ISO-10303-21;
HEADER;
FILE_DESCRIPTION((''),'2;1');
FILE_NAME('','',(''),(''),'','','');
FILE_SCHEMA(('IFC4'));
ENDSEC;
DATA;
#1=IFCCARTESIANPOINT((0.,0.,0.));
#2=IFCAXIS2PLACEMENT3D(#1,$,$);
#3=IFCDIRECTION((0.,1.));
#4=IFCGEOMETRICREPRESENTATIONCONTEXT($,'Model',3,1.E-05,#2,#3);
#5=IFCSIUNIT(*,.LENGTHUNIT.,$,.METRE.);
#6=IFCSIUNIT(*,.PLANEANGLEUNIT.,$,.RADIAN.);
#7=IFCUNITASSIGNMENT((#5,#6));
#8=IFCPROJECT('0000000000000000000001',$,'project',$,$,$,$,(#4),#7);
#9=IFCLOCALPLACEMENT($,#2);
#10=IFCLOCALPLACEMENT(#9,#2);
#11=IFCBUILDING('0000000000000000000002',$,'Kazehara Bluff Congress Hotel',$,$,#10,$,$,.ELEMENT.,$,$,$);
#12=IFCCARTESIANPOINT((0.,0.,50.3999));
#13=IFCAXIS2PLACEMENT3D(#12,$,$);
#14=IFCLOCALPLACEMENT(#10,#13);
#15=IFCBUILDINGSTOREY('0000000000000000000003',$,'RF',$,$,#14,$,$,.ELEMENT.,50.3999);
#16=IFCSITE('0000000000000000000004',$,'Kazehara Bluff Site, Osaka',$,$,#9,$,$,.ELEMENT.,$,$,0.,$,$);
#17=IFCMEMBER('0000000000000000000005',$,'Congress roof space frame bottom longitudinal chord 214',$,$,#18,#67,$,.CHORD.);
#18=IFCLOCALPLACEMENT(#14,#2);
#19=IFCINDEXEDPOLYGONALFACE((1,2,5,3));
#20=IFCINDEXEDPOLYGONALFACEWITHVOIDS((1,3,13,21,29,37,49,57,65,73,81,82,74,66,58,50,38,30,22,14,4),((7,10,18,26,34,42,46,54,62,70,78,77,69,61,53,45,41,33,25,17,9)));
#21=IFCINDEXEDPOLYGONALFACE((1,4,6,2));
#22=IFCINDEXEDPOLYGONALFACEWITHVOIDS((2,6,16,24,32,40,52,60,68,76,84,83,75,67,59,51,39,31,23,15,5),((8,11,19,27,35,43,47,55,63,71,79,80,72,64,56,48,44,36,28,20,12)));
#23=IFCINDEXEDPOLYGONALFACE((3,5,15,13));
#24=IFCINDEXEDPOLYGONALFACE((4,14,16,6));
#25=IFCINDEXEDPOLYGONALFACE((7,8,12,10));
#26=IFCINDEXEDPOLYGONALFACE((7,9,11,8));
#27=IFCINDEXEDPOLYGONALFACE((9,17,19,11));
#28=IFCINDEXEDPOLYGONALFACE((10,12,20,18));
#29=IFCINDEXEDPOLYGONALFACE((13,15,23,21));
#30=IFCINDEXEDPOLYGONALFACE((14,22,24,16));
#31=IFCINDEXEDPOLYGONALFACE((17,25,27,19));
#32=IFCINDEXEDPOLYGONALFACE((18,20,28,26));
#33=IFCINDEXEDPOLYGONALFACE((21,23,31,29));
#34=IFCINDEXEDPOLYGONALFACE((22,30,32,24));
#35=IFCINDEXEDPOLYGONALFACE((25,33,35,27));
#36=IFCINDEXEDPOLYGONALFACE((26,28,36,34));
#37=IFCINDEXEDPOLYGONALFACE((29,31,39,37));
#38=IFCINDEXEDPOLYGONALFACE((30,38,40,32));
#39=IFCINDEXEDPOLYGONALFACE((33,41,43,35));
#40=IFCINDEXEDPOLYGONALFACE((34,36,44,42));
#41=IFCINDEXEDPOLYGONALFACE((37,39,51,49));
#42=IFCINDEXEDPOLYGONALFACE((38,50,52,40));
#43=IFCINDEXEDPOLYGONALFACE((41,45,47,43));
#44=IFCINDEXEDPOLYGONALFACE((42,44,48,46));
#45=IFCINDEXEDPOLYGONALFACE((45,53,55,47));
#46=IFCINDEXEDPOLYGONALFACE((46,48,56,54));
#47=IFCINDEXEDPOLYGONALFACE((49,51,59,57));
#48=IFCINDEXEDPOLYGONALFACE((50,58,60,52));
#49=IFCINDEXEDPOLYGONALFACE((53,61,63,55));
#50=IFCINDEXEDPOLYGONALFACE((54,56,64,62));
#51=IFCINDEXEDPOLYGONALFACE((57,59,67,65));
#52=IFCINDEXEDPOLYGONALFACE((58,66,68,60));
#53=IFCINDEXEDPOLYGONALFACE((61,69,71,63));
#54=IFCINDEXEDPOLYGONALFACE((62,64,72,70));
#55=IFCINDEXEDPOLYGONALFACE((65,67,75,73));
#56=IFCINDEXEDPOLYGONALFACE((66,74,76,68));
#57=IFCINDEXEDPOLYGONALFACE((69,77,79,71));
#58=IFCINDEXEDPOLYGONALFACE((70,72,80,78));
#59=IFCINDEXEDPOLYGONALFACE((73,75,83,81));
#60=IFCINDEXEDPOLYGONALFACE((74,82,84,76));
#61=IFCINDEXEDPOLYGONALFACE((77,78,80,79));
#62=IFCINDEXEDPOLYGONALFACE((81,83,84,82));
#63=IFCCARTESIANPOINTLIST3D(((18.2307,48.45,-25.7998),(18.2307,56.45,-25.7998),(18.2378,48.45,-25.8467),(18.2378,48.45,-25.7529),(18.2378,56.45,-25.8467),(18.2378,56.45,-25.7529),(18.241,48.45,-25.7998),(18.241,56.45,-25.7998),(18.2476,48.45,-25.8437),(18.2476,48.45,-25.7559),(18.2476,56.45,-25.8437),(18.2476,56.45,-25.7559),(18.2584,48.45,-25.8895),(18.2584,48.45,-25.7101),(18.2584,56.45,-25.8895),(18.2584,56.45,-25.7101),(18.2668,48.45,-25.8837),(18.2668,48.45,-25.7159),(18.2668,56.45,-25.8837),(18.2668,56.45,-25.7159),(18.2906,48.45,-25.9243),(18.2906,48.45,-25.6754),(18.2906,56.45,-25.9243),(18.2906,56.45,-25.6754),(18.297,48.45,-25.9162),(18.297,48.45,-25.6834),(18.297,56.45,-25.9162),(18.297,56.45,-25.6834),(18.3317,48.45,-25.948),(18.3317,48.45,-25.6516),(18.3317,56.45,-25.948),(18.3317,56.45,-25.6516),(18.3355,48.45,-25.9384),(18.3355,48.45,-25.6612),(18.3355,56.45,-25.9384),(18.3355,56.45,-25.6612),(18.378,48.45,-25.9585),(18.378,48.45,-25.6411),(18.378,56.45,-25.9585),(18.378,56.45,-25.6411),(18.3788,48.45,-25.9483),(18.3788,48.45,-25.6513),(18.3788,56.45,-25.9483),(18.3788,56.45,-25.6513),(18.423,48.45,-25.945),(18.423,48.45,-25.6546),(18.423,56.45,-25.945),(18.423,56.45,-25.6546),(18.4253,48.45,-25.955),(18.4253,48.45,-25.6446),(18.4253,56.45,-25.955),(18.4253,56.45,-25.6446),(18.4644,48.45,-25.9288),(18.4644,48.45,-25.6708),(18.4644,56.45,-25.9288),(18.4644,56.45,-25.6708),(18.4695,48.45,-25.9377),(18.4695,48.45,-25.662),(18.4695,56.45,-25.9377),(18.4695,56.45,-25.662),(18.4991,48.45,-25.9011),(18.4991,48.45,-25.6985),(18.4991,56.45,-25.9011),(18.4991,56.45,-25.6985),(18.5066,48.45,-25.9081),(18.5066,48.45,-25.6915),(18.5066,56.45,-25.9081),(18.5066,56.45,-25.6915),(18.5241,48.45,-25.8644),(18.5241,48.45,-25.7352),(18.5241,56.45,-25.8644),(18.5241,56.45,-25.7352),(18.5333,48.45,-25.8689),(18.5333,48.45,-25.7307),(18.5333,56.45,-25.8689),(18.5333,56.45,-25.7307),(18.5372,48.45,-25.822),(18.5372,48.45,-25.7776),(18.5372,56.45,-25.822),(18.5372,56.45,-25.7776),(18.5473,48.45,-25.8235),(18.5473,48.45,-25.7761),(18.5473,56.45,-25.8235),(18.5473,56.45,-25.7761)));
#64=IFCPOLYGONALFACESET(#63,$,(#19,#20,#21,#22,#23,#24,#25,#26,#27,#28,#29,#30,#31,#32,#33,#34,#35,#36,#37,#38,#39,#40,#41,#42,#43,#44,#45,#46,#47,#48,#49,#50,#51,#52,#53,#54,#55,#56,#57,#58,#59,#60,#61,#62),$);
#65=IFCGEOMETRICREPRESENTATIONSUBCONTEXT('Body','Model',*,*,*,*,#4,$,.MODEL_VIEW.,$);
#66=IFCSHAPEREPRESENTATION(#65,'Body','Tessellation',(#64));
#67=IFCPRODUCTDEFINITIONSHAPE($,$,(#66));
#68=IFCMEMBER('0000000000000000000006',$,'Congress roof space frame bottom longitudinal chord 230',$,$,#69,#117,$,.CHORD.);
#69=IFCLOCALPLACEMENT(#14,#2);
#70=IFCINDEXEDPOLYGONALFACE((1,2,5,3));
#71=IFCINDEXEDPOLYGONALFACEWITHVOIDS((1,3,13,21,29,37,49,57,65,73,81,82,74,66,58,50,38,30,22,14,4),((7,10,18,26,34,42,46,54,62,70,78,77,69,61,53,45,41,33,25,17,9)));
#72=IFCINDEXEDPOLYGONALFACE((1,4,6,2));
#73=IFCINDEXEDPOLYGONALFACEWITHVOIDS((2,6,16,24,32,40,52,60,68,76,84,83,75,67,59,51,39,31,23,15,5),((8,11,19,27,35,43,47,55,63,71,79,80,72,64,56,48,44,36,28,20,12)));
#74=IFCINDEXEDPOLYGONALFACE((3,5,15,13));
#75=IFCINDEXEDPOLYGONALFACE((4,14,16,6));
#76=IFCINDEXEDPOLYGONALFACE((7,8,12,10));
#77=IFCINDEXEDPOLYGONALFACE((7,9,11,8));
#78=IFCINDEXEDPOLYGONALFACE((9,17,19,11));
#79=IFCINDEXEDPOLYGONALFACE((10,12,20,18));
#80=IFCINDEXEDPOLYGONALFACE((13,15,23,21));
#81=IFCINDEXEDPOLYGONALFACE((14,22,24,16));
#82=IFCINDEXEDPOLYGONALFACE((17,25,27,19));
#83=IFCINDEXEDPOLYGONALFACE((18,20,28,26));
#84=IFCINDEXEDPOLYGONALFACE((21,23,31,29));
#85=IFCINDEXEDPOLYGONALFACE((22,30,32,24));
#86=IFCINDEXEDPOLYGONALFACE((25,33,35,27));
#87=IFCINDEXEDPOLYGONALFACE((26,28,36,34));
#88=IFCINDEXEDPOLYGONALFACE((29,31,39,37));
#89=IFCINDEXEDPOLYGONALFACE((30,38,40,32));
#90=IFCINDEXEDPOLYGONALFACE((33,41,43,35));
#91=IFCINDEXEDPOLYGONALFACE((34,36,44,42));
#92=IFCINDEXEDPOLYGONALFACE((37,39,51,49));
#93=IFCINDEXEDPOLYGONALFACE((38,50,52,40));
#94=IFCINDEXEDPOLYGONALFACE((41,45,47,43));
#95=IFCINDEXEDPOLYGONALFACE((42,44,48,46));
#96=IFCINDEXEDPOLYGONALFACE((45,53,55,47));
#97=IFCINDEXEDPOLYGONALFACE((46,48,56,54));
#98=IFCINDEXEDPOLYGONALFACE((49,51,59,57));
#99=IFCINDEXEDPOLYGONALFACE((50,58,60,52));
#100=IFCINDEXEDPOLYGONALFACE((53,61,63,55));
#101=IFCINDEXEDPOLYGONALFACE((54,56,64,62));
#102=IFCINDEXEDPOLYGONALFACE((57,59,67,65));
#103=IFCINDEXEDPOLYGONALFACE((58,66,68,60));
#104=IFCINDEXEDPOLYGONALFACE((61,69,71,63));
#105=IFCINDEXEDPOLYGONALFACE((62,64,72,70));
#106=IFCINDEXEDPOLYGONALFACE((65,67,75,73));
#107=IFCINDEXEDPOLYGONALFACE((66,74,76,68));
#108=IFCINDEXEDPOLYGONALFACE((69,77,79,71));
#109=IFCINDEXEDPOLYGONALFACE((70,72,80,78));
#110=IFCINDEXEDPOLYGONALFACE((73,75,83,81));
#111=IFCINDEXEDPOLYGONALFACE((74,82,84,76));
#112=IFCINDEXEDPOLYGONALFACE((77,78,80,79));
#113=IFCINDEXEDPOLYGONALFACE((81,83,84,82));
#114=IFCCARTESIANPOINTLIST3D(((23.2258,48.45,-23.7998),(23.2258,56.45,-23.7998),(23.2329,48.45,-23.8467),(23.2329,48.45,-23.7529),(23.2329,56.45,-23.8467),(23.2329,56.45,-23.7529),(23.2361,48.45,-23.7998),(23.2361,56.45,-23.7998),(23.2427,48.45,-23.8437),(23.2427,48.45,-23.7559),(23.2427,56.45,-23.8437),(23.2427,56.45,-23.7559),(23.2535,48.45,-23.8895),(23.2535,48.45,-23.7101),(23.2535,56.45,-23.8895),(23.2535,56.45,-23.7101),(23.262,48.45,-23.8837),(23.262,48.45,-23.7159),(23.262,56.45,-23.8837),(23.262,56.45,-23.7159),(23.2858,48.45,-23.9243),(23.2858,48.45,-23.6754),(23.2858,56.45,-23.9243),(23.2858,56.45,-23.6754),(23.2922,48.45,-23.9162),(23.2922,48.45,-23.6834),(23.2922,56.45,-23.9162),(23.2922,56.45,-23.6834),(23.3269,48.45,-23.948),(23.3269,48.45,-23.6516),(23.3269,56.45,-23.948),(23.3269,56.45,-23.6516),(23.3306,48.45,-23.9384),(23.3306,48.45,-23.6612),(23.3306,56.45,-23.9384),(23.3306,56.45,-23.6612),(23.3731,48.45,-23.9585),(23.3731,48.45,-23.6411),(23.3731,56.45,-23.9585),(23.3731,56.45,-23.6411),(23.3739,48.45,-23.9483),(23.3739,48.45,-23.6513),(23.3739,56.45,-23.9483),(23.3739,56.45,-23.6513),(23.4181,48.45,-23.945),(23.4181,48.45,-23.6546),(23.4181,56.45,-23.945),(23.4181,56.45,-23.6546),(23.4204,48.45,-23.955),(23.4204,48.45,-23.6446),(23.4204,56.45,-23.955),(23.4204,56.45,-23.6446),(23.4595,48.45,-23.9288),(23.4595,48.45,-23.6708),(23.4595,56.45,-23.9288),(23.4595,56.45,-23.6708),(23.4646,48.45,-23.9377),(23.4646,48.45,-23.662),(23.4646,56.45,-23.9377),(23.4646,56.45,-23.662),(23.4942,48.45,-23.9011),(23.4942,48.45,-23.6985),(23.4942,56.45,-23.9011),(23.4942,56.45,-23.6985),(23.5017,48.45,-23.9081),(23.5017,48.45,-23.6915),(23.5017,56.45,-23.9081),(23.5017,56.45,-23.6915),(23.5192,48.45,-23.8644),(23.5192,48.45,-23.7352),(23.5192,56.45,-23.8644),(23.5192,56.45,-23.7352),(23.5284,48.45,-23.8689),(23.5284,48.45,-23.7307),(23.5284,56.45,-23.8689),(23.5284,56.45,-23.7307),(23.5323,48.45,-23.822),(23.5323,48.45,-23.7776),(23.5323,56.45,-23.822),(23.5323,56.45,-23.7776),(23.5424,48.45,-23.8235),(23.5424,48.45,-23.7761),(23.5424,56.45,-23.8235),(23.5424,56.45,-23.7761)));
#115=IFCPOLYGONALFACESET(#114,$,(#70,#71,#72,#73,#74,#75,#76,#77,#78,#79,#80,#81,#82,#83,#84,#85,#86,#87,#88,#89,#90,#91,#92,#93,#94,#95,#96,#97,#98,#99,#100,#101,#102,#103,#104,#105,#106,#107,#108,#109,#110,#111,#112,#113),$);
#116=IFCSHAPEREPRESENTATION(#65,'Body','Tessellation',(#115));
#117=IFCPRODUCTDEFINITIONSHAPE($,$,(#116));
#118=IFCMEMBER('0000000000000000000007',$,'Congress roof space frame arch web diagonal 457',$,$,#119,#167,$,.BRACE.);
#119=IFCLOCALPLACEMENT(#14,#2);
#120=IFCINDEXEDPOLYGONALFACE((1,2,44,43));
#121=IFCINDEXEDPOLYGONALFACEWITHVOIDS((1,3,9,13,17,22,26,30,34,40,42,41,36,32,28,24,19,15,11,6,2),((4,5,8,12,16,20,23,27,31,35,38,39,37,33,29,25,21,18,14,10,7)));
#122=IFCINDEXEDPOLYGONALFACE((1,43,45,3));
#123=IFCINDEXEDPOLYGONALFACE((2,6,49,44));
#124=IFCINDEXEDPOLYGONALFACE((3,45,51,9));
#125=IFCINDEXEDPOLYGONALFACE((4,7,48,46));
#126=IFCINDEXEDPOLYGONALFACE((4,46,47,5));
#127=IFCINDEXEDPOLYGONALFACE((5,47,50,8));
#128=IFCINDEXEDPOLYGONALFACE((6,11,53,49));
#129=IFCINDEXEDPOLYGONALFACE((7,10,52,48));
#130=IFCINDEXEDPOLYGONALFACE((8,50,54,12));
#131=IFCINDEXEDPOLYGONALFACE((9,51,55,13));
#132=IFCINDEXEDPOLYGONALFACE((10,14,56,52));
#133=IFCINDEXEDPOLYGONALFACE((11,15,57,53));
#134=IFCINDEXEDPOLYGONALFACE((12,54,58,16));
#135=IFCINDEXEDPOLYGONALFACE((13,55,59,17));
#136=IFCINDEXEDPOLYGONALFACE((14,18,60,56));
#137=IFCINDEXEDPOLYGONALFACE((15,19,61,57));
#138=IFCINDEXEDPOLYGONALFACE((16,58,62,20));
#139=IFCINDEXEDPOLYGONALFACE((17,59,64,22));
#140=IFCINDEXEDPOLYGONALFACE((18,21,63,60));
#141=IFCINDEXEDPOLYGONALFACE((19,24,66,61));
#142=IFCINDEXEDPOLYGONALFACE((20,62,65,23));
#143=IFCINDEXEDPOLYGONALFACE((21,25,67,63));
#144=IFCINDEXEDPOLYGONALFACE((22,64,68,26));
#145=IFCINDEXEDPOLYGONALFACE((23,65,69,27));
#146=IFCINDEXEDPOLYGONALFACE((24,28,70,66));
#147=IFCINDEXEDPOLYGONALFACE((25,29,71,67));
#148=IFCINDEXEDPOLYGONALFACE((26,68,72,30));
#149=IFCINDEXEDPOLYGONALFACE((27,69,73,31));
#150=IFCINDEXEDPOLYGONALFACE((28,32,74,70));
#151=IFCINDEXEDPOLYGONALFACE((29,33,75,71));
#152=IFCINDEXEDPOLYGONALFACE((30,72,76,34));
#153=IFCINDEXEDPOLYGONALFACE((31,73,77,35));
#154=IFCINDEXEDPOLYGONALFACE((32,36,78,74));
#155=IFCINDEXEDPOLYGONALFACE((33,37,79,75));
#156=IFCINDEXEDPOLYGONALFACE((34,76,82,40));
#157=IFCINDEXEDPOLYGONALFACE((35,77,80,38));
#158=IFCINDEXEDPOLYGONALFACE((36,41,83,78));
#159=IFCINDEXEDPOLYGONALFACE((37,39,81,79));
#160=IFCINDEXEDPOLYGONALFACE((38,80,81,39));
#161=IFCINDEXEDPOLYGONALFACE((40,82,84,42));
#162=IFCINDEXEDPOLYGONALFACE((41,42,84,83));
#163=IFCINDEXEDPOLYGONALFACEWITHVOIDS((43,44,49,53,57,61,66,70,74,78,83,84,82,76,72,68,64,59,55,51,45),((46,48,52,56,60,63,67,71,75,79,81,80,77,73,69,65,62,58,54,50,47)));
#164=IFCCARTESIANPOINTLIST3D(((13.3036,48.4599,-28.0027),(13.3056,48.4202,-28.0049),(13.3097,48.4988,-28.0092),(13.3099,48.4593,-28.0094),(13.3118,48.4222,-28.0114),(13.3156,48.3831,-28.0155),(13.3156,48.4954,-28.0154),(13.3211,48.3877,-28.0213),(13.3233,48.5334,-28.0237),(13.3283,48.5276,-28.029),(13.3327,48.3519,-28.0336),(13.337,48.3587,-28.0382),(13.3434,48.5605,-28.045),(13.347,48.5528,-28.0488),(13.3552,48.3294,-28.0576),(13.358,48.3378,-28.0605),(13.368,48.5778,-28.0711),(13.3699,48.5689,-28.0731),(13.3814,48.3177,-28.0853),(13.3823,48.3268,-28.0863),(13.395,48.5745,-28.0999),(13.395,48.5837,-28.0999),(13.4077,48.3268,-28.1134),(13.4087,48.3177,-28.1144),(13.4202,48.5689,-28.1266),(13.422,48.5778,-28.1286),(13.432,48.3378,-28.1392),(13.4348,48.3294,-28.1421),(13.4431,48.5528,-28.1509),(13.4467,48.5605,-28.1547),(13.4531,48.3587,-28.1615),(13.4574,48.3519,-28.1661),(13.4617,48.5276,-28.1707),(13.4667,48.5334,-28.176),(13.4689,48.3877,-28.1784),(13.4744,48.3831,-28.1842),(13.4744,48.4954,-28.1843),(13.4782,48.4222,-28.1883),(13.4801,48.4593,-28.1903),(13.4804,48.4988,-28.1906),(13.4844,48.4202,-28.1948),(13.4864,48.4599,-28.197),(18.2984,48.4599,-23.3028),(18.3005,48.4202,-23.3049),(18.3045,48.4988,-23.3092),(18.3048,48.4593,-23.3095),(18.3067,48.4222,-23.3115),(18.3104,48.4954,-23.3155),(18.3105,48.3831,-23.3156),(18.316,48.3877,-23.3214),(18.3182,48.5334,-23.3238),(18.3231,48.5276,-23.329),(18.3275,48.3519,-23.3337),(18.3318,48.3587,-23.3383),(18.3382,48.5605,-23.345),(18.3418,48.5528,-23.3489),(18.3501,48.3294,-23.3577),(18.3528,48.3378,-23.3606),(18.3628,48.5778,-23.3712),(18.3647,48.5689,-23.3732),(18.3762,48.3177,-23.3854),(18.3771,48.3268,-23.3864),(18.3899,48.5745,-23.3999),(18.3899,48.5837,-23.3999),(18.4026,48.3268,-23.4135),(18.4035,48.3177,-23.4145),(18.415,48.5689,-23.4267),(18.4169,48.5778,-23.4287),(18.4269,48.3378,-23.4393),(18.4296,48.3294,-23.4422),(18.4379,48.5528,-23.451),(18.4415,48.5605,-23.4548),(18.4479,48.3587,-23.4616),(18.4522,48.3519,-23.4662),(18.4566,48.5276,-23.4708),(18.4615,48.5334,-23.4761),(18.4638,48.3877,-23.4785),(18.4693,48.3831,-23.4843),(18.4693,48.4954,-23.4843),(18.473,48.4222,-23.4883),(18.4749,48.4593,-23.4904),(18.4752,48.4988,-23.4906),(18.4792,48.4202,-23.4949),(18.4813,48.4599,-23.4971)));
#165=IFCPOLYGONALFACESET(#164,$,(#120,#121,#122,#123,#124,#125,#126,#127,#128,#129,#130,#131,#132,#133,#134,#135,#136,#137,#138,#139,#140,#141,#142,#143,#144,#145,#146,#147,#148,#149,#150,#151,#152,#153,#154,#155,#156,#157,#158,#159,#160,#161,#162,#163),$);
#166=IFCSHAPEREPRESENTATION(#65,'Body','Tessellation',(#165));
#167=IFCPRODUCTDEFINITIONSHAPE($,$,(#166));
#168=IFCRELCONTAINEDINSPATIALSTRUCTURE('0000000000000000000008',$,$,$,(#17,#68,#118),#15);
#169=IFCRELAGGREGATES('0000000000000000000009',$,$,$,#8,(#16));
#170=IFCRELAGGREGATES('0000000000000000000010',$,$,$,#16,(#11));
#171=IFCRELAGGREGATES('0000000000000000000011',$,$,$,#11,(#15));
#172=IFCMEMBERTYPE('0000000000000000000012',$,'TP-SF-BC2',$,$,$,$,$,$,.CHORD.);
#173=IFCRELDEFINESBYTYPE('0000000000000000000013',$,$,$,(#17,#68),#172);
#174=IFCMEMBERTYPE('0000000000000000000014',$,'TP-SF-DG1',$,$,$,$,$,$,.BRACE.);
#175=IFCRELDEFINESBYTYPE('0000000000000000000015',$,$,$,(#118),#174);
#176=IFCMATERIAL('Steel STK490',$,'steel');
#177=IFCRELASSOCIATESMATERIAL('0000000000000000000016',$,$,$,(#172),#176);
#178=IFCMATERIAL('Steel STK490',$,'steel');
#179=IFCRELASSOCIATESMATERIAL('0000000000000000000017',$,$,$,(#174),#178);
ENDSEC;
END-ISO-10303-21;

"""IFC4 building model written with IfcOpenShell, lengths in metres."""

from ifc_helpers import new_model, si_unit, direction, frame, origin, origin_2d, place, context, subcontext, project, spatial, hollow_circle, extrude, material, material_profile, profile_set, type_object, element, save


model = new_model("IFC4")

# Units and contexts
model_context = context("Model", 3, precision=1e-05, world=origin(), true_north=direction((0.0, 1.0)))
body_context = subcontext(model_context, "Body", "Model", "MODEL_VIEW")
ifc_project = project(units=[si_unit("LENGTHUNIT", "METRE"), si_unit("PLANEANGLEUNIT", "RADIAN")], contexts=[model_context])

# Site, building, storey
site_placement = place(None, origin())
site = spatial("IfcSite", under=ifc_project, at=site_placement, Name="Kazehara Bluff Site, Osaka", CompositionType="ELEMENT", RefElevation=0.0)
building_placement = place(site_placement, origin())
building = spatial("IfcBuilding", under=site, at=building_placement, Name="Kazehara Bluff Congress Hotel", CompositionType="ELEMENT")
storey_placement = place(building_placement, frame((0.0, 0.0, 50.3999)))
storey = spatial("IfcBuildingStorey", under=building, at=storey_placement, Name="RF", CompositionType="ELEMENT", Elevation=50.3999)

# Members
ifc_material_1 = material(Name="Steel STK490", Category="steel")
ifc_material_profile_1 = material_profile(ifc_material_1, hollow_circle(Radius=0.1592, WallThickness=0.0103, at=origin_2d()))
ifc_profile_set_1 = profile_set([ifc_material_profile_1], Name="Steel STK490")
member_type_1 = type_object("IfcMemberType", Name="TP-SF-BC2", PredefinedType="CHORD", material=ifc_profile_set_1)
for number, where, z_axis, x_axis, name in (
    (1, (18.3899, 48.45, -25.7998), (0.0, 1.0, 0.0), (-1.0, 0.0, 0.0), "Congress roof space frame bottom longitudinal chord 214"),
    (2, (23.385, 48.45, -23.7998), (0.0, 1.0, 0.0), (-1.0, 0.0, 0.0), "Congress roof space frame bottom longitudinal chord 230"),
):
    element("IfcMember", number, at=place(storey_placement, frame(where, z_axis=z_axis, x_axis=x_axis)), inside=storey, type_object=member_type_1, Name=name, PredefinedType="CHORD", context=body_context, shape_type="SweptSolid", body=[
        extrude(hollow_circle(Radius=0.1592, WallThickness=0.0103, at=origin_2d()), origin(), (0.0, 0.0, 1.0), 8.0),
    ])
ifc_material_2 = material(Name="Steel STK490", Category="steel")
ifc_material_profile_2 = material_profile(ifc_material_2, hollow_circle(Radius=0.1338, WallThickness=0.0093, at=origin_2d()))
ifc_profile_set_2 = profile_set([ifc_material_profile_2], Name="Steel STK490")
member_type_2 = type_object("IfcMemberType", Name="TP-SF-DG1", PredefinedType="BRACE", material=ifc_profile_set_2)
member_1_placement = place(storey_placement, frame((13.395, 48.45, -28.0999), z_axis=(0.72828, 0.0, 0.685279), x_axis=(0.0, 1.0, 0.0)))
element("IfcMember", 3, at=member_1_placement, inside=storey, type_object=member_type_2, Name="Congress roof space frame arch web diagonal 457", PredefinedType="BRACE", context=body_context, shape_type="SweptSolid", body=[
    extrude(hollow_circle(Radius=0.1338, WallThickness=0.0093, at=origin_2d()), origin(), (0.0, 0.0, 1.0), 6.8584),
])

save(model, "model.ifc")
